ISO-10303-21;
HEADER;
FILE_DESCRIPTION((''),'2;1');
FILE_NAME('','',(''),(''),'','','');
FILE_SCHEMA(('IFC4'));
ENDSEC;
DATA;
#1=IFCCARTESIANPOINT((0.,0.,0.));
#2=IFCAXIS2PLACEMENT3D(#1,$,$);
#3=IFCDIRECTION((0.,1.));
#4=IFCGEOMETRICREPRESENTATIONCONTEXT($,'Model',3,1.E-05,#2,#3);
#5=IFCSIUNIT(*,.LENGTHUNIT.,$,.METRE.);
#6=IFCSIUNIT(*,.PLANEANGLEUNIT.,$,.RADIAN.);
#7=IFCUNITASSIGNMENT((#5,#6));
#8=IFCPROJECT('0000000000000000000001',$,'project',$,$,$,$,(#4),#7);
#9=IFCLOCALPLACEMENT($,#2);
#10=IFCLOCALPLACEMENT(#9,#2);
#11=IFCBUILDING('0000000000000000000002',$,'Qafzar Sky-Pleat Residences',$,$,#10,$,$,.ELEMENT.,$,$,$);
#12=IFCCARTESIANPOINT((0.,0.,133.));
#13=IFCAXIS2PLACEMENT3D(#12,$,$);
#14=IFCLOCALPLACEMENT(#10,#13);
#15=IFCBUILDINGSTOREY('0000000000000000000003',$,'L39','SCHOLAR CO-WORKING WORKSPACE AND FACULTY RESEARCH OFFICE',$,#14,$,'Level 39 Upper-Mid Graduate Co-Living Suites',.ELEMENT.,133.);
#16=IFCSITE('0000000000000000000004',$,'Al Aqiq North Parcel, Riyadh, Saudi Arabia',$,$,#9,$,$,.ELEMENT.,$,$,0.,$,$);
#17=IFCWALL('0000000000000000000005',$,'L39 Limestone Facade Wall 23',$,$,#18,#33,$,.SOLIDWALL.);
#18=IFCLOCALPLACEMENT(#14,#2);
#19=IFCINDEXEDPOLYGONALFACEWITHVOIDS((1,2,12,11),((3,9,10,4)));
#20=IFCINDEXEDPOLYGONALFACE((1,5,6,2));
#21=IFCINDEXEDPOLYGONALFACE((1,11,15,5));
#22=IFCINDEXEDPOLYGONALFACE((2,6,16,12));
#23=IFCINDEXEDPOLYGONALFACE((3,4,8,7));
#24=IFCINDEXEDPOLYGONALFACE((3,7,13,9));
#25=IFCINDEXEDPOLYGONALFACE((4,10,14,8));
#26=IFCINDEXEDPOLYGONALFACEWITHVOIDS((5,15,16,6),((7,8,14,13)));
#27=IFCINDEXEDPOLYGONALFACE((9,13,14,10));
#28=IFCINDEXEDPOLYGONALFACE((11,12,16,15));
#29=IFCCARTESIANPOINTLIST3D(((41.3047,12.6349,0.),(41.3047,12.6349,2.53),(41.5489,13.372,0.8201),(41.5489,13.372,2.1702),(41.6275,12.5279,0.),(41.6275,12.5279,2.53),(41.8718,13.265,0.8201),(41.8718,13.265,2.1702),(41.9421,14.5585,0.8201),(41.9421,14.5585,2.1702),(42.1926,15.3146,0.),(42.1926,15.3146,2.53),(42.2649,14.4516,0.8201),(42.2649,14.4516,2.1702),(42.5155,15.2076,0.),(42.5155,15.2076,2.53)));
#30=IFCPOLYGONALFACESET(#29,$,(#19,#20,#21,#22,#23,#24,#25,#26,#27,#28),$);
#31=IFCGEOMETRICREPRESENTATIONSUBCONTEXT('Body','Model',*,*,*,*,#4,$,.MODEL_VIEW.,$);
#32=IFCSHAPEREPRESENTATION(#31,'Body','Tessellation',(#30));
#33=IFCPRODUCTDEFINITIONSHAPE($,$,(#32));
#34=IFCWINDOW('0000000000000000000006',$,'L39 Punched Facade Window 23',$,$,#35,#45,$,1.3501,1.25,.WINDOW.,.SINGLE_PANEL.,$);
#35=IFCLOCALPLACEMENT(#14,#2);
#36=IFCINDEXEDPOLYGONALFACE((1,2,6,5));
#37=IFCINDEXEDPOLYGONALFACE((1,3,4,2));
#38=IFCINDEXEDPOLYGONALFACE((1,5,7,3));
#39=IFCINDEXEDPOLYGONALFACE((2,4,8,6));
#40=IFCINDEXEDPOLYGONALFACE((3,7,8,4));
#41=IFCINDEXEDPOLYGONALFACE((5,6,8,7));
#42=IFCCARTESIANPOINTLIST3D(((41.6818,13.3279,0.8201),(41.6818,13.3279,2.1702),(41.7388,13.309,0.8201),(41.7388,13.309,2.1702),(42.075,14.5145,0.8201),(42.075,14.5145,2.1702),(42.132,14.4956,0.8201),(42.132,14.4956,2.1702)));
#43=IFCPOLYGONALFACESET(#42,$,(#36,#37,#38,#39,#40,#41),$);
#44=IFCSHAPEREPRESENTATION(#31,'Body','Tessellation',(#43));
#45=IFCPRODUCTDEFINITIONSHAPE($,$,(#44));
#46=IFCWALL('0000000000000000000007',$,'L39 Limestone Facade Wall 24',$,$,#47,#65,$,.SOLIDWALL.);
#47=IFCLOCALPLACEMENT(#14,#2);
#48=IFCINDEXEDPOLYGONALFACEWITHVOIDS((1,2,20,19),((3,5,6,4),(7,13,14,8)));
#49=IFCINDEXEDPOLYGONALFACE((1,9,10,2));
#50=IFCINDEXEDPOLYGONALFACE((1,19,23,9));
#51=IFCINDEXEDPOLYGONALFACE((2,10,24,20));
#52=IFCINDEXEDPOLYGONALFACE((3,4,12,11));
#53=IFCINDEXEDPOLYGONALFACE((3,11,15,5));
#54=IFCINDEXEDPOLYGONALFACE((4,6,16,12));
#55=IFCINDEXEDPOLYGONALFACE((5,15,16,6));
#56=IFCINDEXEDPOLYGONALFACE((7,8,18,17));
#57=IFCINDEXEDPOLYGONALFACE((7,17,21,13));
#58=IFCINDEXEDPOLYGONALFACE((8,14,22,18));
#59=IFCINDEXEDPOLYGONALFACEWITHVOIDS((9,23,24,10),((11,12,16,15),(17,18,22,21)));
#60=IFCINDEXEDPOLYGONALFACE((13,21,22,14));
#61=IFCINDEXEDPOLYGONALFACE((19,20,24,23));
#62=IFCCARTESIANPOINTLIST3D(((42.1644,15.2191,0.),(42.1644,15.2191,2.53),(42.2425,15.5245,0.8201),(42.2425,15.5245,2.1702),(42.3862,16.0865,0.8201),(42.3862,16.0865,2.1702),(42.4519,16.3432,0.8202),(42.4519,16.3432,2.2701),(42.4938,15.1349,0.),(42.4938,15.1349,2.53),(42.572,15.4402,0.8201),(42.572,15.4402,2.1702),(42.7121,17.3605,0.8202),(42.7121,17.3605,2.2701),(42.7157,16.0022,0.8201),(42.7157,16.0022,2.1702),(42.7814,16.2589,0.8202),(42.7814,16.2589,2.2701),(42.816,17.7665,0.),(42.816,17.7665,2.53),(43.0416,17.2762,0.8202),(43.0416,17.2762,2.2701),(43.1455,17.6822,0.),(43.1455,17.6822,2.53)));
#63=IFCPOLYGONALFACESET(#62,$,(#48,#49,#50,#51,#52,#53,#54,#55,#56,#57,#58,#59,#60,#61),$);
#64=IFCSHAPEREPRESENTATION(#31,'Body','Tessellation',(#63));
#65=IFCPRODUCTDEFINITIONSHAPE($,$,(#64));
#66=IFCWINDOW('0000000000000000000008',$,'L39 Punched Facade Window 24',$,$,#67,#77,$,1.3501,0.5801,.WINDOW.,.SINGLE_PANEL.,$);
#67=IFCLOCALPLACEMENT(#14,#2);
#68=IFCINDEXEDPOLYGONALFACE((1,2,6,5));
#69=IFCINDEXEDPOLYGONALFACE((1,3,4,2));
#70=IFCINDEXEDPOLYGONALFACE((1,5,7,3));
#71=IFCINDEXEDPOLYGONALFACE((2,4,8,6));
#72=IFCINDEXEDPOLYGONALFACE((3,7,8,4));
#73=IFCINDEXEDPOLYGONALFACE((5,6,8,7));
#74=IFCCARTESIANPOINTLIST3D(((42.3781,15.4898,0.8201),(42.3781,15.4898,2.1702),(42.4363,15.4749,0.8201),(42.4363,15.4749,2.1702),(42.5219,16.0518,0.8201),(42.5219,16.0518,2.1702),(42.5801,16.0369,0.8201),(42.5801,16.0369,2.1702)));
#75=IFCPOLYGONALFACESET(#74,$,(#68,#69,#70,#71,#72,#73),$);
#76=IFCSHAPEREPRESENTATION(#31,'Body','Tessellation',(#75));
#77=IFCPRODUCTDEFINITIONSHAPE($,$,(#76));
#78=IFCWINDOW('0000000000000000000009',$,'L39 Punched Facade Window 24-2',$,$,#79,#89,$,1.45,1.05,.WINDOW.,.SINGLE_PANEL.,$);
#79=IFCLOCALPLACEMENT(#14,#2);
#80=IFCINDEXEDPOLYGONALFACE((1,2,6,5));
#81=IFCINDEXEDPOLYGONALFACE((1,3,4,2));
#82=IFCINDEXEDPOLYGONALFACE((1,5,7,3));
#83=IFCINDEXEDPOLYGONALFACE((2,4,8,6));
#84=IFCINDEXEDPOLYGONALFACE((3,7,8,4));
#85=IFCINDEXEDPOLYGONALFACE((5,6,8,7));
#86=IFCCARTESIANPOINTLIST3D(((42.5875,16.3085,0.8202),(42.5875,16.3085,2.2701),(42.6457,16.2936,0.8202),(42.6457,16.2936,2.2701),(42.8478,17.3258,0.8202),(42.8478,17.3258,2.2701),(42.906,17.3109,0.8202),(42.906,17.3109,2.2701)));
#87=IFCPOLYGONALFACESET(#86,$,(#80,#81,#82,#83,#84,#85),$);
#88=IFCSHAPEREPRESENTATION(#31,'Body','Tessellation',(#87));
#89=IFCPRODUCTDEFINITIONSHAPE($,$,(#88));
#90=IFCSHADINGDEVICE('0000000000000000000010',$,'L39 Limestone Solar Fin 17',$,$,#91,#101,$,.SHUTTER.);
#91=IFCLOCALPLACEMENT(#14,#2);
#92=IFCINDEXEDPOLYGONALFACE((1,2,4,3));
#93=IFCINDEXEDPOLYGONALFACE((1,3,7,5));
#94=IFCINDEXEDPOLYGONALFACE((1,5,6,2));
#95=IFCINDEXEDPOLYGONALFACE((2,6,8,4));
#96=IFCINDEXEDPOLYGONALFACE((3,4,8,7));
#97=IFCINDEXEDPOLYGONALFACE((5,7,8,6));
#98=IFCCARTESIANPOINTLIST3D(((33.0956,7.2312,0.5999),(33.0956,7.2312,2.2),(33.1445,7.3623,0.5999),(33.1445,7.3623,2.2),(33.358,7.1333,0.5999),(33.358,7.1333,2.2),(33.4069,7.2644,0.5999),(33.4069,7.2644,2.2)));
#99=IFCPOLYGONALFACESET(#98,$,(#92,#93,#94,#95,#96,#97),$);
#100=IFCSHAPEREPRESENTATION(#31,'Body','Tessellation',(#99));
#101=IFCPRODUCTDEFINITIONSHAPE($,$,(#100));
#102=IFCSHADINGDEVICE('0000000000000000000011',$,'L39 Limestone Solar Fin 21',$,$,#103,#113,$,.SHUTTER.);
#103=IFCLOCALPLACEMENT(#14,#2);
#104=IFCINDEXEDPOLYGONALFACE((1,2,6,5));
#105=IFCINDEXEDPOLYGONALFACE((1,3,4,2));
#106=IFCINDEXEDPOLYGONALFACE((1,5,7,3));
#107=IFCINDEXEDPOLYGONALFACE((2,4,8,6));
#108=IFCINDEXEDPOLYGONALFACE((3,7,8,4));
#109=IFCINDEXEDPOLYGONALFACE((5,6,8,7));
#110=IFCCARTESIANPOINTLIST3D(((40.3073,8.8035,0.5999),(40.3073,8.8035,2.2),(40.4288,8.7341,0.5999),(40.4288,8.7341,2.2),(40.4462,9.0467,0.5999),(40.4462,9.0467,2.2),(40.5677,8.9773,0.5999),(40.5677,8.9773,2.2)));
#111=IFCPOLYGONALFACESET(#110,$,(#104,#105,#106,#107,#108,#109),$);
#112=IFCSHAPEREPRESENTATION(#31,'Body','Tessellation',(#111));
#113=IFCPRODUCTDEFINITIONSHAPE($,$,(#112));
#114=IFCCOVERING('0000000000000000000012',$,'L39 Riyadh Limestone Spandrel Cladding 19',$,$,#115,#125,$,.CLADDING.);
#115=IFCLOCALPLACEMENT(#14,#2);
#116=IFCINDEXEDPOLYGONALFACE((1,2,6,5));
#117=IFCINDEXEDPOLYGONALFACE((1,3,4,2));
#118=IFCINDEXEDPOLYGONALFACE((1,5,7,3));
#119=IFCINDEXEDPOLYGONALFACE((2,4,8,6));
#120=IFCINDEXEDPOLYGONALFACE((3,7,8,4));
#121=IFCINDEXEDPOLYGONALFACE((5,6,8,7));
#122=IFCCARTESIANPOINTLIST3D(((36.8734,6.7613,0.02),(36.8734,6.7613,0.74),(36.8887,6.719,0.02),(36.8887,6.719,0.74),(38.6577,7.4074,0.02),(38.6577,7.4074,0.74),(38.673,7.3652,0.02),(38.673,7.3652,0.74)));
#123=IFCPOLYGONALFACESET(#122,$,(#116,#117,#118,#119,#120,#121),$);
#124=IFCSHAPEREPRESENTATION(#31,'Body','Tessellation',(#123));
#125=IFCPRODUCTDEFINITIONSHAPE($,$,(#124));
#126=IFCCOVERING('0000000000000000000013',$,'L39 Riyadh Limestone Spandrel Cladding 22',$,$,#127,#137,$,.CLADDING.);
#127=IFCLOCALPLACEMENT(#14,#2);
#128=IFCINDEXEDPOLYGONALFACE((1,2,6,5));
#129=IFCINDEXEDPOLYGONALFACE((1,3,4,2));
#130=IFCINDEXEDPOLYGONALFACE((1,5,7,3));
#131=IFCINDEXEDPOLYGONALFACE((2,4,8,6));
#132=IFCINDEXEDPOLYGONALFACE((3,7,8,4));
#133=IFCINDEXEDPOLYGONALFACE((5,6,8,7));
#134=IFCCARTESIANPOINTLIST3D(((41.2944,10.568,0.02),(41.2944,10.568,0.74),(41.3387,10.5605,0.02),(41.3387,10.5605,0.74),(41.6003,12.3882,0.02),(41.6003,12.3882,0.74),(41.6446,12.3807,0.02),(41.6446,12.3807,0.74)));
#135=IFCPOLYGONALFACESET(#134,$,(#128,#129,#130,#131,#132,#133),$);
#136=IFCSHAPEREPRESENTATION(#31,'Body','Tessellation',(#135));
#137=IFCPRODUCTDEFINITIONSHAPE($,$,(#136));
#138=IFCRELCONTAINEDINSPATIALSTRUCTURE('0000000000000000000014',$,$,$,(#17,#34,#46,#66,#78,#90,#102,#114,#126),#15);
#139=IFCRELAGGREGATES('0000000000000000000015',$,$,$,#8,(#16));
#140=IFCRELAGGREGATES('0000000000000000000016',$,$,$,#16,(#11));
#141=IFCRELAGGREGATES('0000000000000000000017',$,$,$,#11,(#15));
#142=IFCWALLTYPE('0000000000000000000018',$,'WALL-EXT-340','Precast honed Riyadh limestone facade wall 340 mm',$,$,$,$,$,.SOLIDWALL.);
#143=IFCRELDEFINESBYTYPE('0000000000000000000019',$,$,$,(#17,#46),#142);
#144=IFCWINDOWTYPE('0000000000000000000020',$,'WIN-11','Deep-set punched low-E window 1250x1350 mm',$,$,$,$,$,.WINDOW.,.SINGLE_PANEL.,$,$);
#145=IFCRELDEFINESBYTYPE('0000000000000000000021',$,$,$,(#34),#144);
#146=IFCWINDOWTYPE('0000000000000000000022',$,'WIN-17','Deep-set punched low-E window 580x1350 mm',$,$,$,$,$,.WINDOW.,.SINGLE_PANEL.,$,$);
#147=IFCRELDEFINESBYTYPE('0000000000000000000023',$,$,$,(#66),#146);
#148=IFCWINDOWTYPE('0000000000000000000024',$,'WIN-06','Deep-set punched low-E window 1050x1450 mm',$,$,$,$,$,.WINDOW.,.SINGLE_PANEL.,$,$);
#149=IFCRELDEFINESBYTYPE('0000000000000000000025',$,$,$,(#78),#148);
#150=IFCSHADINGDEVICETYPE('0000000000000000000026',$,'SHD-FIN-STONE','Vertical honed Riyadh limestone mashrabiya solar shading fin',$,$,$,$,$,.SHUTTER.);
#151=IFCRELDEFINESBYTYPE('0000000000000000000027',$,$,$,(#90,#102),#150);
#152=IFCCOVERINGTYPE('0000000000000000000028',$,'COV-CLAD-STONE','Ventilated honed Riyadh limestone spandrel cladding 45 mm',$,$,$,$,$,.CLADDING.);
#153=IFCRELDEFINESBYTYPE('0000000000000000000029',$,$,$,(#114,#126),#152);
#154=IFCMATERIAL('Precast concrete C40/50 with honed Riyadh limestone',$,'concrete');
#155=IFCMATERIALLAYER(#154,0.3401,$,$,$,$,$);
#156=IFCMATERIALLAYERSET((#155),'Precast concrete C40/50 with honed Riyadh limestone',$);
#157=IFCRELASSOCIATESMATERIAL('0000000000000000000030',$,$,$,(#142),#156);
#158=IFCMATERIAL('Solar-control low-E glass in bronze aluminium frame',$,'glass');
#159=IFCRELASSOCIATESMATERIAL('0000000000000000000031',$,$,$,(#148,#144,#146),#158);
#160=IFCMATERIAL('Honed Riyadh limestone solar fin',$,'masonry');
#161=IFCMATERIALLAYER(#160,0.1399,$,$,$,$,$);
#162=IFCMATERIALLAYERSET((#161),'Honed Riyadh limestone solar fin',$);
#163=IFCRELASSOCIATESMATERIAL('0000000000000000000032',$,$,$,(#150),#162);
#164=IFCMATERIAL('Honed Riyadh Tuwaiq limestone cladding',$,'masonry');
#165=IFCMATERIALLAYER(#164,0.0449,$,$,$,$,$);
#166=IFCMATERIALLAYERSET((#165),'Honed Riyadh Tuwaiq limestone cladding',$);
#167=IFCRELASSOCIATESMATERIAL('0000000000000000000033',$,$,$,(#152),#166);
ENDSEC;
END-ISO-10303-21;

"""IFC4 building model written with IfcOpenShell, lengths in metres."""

from ifc_helpers import new_model, si_unit, direction, frame, frame_2d, origin, origin_2d, place, context, subcontext, project, spatial, rectangle, extrude, source, transform, mapped, material, layer, layer_set, type_object, element, fill, save


model = new_model("IFC4")

# Units and contexts
model_context = context("Model", 3, precision=1e-05, world=origin(), true_north=direction((0.0, 1.0)))
body_context = subcontext(model_context, "Body", "Model", "MODEL_VIEW")
ifc_project = project(units=[si_unit("LENGTHUNIT", "METRE"), si_unit("PLANEANGLEUNIT", "RADIAN")], contexts=[model_context])

# Site, building, storey
site_placement = place(None, origin())
site = spatial("IfcSite", under=ifc_project, at=site_placement, Name="Al Aqiq North Parcel, Riyadh, Saudi Arabia", CompositionType="ELEMENT", RefElevation=0.0)
building_placement = place(site_placement, origin())
building = spatial("IfcBuilding", under=site, at=building_placement, Name="Qafzar Sky-Pleat Residences", CompositionType="ELEMENT")
storey_placement = place(building_placement, frame((0.0, 0.0, 133.0)))
storey = spatial("IfcBuildingStorey", under=building, at=storey_placement, Name="L39", Description="SCHOLAR CO-WORKING WORKSPACE AND FACULTY RESEARCH OFFICE", LongName="Level 39 Upper-Mid Graduate Co-Living Suites", CompositionType="ELEMENT", Elevation=133.0)

# Wall, opening, window
ifc_material_1 = material(Name="Precast concrete C40/50 with honed Riyadh limestone", Category="concrete")
ifc_layer_1 = layer(ifc_material_1, 0.3401)
ifc_layer_set_1 = layer_set([ifc_layer_1], Name="Precast concrete C40/50 with honed Riyadh limestone")
wall_type = type_object("IfcWallType", Name="WALL-EXT-340", Description="Precast honed Riyadh limestone facade wall 340 mm", PredefinedType="SOLIDWALL", material=ifc_layer_set_1)
ifc_material_2 = material(Name="Solar-control low-E glass in bronze aluminium frame", Category="glass")
window_type_1 = type_object("IfcWindowType", Name="WIN-06", Description="Deep-set punched low-E window 1050x1450 mm", PartitioningType="SINGLE_PANEL", PredefinedType="WINDOW", material=ifc_material_2)
shared_shape_1 = source(origin(), body_context, "Body", "SweptSolid", [
    extrude(rectangle(XDim=1.05, YDim=1.45, at=frame_2d((0.5249, 0.7251))), frame((0.0, 0.03, 0.0), z_axis=(0.0, -1.0, 0.0), x_axis=(1.0, 0.0, 0.0)), (0.0, 0.0, 1.0), 0.0601),
])
wall_1_placement = place(storey_placement, frame((41.4661, 12.5813, 0.0), z_axis=(0.0, 0.0, 1.0), x_axis=(0.314541, 0.949244, 0.0)))
wall_1 = element("IfcWall", 1, at=wall_1_placement, inside=storey, type_object=wall_type, Name="L39 Limestone Facade Wall 23", PredefinedType="SOLIDWALL", context=body_context, shape_type="SweptSolid", body=[
    extrude(rectangle(XDim=2.823, YDim=0.3401, at=frame_2d((1.4116, 0.0))), origin(), (0.0, 0.0, 1.0), 2.53),
])
opening_1_placement = place(wall_1_placement, frame((0.7766, 0.0, 0.8201)))
opening_1 = element("IfcOpeningElement", 2, at=opening_1_placement, cuts=wall_1, PredefinedType="OPENING", context=body_context, shape_type="SweptSolid", body=[
    extrude(rectangle(XDim=1.25, YDim=1.3501, at=frame_2d((0.625, 0.675))), frame((0.0, 0.1802, 0.0), z_axis=(0.0, -1.0, 0.0), x_axis=(1.0, 0.0, 0.0)), (0.0, 0.0, 1.0), 0.3601),
])
window_type_2 = type_object("IfcWindowType", Name="WIN-11", Description="Deep-set punched low-E window 1250x1350 mm", PartitioningType="SINGLE_PANEL", PredefinedType="WINDOW", material=ifc_material_2)
shared_shape_2 = source(origin(), body_context, "Body", "SweptSolid", [
    extrude(rectangle(XDim=1.25, YDim=1.3501, at=frame_2d((0.625, 0.675))), frame((0.0, 0.03, 0.0), z_axis=(0.0, -1.0, 0.0), x_axis=(1.0, 0.0, 0.0)), (0.0, 0.0, 1.0), 0.0601),
])
window_1_placement = place(opening_1_placement, origin())
window_1 = element("IfcWindow", 3, at=window_1_placement, inside=storey, type_object=window_type_2, Name="L39 Punched Facade Window 23", OverallHeight=1.3501, OverallWidth=1.25, PartitioningType="SINGLE_PANEL", PredefinedType="WINDOW", context=body_context, shape_type="MappedRepresentation", body=[
    mapped(shared_shape_2, transform((0.0, 0.0, 0.0), x_axis=(1.0, 0.0, 0.0), y_axis=(0.0, 1.0, 0.0), z_axis=(0.0, 0.0, 1.0), scale=1.0)),
])
fill(opening_1, window_1)

# Wall, openings, windows
wall_2_placement = place(storey_placement, frame((42.3291, 15.177, 0.0), z_axis=(0.0, 0.0, 1.0), x_axis=(0.247819, 0.968806, 0.0)))
wall_2 = element("IfcWall", 4, at=wall_2_placement, inside=storey, type_object=wall_type, Name="L39 Limestone Facade Wall 24", PredefinedType="SOLIDWALL", context=body_context, shape_type="SweptSolid", body=[
    extrude(rectangle(XDim=2.6294, YDim=0.3401, at=frame_2d((1.3147, 0.0))), origin(), (0.0, 0.0, 1.0), 2.53),
])
opening_2_placement = place(wall_2_placement, frame((0.3152, 0.0, 0.8201)))
opening_2 = element("IfcOpeningElement", 5, at=opening_2_placement, cuts=wall_2, PredefinedType="OPENING", context=body_context, shape_type="SweptSolid", body=[
    extrude(rectangle(XDim=0.5801, YDim=1.3501, at=frame_2d((0.29, 0.675))), frame((0.0, 0.1802, 0.0), z_axis=(0.0, -1.0, 0.0), x_axis=(1.0, 0.0, 0.0)), (0.0, 0.0, 1.0), 0.3601),
])
opening_3_placement = place(wall_2_placement, frame((1.1604, 0.0, 0.8201)))
opening_3 = element("IfcOpeningElement", 6, at=opening_3_placement, cuts=wall_2, PredefinedType="OPENING", context=body_context, shape_type="SweptSolid", body=[
    extrude(rectangle(XDim=1.05, YDim=1.45, at=frame_2d((0.5249, 0.7251))), frame((0.0, 0.1802, 0.0), z_axis=(0.0, -1.0, 0.0), x_axis=(1.0, 0.0, 0.0)), (0.0, 0.0, 1.0), 0.3601),
])
window_type_3 = type_object("IfcWindowType", Name="WIN-17", Description="Deep-set punched low-E window 580x1350 mm", PartitioningType="SINGLE_PANEL", PredefinedType="WINDOW", material=ifc_material_2)
shared_shape_3 = source(origin(), body_context, "Body", "SweptSolid", [
    extrude(rectangle(XDim=0.5801, YDim=1.3501, at=frame_2d((0.29, 0.675))), frame((0.0, 0.03, 0.0), z_axis=(0.0, -1.0, 0.0), x_axis=(1.0, 0.0, 0.0)), (0.0, 0.0, 1.0), 0.0601),
])
window_2_placement = place(opening_2_placement, origin())
window_2 = element("IfcWindow", 7, at=window_2_placement, inside=storey, type_object=window_type_3, Name="L39 Punched Facade Window 24", OverallHeight=1.3501, OverallWidth=0.5801, PartitioningType="SINGLE_PANEL", PredefinedType="WINDOW", context=body_context, shape_type="MappedRepresentation", body=[
    mapped(shared_shape_3, transform((0.0, 0.0, 0.0), x_axis=(1.0, 0.0, 0.0), y_axis=(0.0, 1.0, 0.0), z_axis=(0.0, 0.0, 1.0), scale=1.0)),
])
fill(opening_2, window_2)
window_3_placement = place(opening_3_placement, origin())
window_3 = element("IfcWindow", 8, at=window_3_placement, inside=storey, type_object=window_type_1, Name="L39 Punched Facade Window 24-2", OverallHeight=1.45, OverallWidth=1.05, PartitioningType="SINGLE_PANEL", PredefinedType="WINDOW", context=body_context, shape_type="MappedRepresentation", body=[
    mapped(shared_shape_1, transform((0.0, 0.0, 0.0), x_axis=(1.0, 0.0, 0.0), y_axis=(0.0, 1.0, 0.0), z_axis=(0.0, 0.0, 1.0), scale=1.0)),
])
fill(opening_3, window_3)

# Shading devices
ifc_material_3 = material(Name="Honed Riyadh limestone solar fin", Category="masonry")
ifc_layer_2 = layer(ifc_material_3, 0.1399)
ifc_layer_set_2 = layer_set([ifc_layer_2], Name="Honed Riyadh limestone solar fin")
shading_device_type = type_object("IfcShadingDeviceType", Name="SHD-FIN-STONE", Description="Vertical honed Riyadh limestone mashrabiya solar shading fin", PredefinedType="SHUTTER", material=ifc_layer_set_2)
shared_shape_4 = source(origin(), body_context, "Body", "SweptSolid", [
    extrude(rectangle(XDim=0.1399, YDim=0.28, at=origin_2d()), origin(), (0.0, 0.0, 1.0), 1.6001),
])
for number, where, z_axis, x_axis, name in (
    (9, (33.2512, 7.2478, 0.5999), (0.0, 0.0, 1.0), (-0.349549, -0.936918, 0.0), "L39 Limestone Solar Fin 17"),
    (10, (40.4375, 8.8904, 0.5999), (0.0, 0.0, 1.0), (0.868431, -0.49581, 0.0), "L39 Limestone Solar Fin 21"),
):
    element("IfcShadingDevice", number, at=place(storey_placement, frame(where, z_axis=z_axis, x_axis=x_axis)), inside=storey, type_object=shading_device_type, Name=name, PredefinedType="SHUTTER", context=body_context, shape_type="MappedRepresentation", body=[
        mapped(shared_shape_4, transform((0.0, 0.0, 0.0), x_axis=(1.0, 0.0, 0.0), y_axis=(0.0, 1.0, 0.0), z_axis=(0.0, 0.0, 1.0), scale=1.0)),
    ])

# Coverings
ifc_material_4 = material(Name="Honed Riyadh Tuwaiq limestone cladding", Category="masonry")
ifc_layer_3 = layer(ifc_material_4, 0.0449)
ifc_layer_set_3 = layer_set([ifc_layer_3], Name="Honed Riyadh Tuwaiq limestone cladding")
covering_type = type_object("IfcCoveringType", Name="COV-CLAD-STONE", Description="Ventilated honed Riyadh limestone spandrel cladding 45 mm", PredefinedType="CLADDING", material=ifc_layer_set_3)
shared_shape_5 = source(origin(), body_context, "Body", "SweptSolid", [
    extrude(rectangle(XDim=1.8977, YDim=0.0449, at=origin_2d()), origin(), (0.0, 0.0, 1.0), 0.72),
])
covering_1_placement = place(storey_placement, frame((37.7732, 7.0632, 0.02), z_axis=(0.0, 0.0, 1.0), x_axis=(0.940241, 0.340509, 0.0)))
element("IfcCovering", 11, at=covering_1_placement, inside=storey, type_object=covering_type, Name="L39 Riyadh Limestone Spandrel Cladding 19", PredefinedType="CLADDING", context=body_context, shape_type="MappedRepresentation", body=[
    mapped(shared_shape_5, transform((0.0, 0.0, 0.0), x_axis=(1.0, 0.0, 0.0), y_axis=(0.0, 1.0, 0.0), z_axis=(0.0, 0.0, 1.0), scale=1.0)),
])
shared_shape_6 = source(origin(), body_context, "Body", "SweptSolid", [
    extrude(rectangle(XDim=1.8457, YDim=0.0449, at=origin_2d()), origin(), (0.0, 0.0, 1.0), 0.72),
])
covering_2_placement = place(storey_placement, frame((41.4695, 11.4744, 0.02), z_axis=(0.0, 0.0, 1.0), x_axis=(0.165704, 0.986176, 0.0)))
element("IfcCovering", 12, at=covering_2_placement, inside=storey, type_object=covering_type, Name="L39 Riyadh Limestone Spandrel Cladding 22", PredefinedType="CLADDING", context=body_context, shape_type="MappedRepresentation", body=[
    mapped(shared_shape_6, transform((0.0, 0.0, 0.0), x_axis=(1.0, 0.0, 0.0), y_axis=(0.0, 1.0, 0.0), z_axis=(0.0, 0.0, 1.0), scale=1.0)),
])

save(model, "model.ifc")
